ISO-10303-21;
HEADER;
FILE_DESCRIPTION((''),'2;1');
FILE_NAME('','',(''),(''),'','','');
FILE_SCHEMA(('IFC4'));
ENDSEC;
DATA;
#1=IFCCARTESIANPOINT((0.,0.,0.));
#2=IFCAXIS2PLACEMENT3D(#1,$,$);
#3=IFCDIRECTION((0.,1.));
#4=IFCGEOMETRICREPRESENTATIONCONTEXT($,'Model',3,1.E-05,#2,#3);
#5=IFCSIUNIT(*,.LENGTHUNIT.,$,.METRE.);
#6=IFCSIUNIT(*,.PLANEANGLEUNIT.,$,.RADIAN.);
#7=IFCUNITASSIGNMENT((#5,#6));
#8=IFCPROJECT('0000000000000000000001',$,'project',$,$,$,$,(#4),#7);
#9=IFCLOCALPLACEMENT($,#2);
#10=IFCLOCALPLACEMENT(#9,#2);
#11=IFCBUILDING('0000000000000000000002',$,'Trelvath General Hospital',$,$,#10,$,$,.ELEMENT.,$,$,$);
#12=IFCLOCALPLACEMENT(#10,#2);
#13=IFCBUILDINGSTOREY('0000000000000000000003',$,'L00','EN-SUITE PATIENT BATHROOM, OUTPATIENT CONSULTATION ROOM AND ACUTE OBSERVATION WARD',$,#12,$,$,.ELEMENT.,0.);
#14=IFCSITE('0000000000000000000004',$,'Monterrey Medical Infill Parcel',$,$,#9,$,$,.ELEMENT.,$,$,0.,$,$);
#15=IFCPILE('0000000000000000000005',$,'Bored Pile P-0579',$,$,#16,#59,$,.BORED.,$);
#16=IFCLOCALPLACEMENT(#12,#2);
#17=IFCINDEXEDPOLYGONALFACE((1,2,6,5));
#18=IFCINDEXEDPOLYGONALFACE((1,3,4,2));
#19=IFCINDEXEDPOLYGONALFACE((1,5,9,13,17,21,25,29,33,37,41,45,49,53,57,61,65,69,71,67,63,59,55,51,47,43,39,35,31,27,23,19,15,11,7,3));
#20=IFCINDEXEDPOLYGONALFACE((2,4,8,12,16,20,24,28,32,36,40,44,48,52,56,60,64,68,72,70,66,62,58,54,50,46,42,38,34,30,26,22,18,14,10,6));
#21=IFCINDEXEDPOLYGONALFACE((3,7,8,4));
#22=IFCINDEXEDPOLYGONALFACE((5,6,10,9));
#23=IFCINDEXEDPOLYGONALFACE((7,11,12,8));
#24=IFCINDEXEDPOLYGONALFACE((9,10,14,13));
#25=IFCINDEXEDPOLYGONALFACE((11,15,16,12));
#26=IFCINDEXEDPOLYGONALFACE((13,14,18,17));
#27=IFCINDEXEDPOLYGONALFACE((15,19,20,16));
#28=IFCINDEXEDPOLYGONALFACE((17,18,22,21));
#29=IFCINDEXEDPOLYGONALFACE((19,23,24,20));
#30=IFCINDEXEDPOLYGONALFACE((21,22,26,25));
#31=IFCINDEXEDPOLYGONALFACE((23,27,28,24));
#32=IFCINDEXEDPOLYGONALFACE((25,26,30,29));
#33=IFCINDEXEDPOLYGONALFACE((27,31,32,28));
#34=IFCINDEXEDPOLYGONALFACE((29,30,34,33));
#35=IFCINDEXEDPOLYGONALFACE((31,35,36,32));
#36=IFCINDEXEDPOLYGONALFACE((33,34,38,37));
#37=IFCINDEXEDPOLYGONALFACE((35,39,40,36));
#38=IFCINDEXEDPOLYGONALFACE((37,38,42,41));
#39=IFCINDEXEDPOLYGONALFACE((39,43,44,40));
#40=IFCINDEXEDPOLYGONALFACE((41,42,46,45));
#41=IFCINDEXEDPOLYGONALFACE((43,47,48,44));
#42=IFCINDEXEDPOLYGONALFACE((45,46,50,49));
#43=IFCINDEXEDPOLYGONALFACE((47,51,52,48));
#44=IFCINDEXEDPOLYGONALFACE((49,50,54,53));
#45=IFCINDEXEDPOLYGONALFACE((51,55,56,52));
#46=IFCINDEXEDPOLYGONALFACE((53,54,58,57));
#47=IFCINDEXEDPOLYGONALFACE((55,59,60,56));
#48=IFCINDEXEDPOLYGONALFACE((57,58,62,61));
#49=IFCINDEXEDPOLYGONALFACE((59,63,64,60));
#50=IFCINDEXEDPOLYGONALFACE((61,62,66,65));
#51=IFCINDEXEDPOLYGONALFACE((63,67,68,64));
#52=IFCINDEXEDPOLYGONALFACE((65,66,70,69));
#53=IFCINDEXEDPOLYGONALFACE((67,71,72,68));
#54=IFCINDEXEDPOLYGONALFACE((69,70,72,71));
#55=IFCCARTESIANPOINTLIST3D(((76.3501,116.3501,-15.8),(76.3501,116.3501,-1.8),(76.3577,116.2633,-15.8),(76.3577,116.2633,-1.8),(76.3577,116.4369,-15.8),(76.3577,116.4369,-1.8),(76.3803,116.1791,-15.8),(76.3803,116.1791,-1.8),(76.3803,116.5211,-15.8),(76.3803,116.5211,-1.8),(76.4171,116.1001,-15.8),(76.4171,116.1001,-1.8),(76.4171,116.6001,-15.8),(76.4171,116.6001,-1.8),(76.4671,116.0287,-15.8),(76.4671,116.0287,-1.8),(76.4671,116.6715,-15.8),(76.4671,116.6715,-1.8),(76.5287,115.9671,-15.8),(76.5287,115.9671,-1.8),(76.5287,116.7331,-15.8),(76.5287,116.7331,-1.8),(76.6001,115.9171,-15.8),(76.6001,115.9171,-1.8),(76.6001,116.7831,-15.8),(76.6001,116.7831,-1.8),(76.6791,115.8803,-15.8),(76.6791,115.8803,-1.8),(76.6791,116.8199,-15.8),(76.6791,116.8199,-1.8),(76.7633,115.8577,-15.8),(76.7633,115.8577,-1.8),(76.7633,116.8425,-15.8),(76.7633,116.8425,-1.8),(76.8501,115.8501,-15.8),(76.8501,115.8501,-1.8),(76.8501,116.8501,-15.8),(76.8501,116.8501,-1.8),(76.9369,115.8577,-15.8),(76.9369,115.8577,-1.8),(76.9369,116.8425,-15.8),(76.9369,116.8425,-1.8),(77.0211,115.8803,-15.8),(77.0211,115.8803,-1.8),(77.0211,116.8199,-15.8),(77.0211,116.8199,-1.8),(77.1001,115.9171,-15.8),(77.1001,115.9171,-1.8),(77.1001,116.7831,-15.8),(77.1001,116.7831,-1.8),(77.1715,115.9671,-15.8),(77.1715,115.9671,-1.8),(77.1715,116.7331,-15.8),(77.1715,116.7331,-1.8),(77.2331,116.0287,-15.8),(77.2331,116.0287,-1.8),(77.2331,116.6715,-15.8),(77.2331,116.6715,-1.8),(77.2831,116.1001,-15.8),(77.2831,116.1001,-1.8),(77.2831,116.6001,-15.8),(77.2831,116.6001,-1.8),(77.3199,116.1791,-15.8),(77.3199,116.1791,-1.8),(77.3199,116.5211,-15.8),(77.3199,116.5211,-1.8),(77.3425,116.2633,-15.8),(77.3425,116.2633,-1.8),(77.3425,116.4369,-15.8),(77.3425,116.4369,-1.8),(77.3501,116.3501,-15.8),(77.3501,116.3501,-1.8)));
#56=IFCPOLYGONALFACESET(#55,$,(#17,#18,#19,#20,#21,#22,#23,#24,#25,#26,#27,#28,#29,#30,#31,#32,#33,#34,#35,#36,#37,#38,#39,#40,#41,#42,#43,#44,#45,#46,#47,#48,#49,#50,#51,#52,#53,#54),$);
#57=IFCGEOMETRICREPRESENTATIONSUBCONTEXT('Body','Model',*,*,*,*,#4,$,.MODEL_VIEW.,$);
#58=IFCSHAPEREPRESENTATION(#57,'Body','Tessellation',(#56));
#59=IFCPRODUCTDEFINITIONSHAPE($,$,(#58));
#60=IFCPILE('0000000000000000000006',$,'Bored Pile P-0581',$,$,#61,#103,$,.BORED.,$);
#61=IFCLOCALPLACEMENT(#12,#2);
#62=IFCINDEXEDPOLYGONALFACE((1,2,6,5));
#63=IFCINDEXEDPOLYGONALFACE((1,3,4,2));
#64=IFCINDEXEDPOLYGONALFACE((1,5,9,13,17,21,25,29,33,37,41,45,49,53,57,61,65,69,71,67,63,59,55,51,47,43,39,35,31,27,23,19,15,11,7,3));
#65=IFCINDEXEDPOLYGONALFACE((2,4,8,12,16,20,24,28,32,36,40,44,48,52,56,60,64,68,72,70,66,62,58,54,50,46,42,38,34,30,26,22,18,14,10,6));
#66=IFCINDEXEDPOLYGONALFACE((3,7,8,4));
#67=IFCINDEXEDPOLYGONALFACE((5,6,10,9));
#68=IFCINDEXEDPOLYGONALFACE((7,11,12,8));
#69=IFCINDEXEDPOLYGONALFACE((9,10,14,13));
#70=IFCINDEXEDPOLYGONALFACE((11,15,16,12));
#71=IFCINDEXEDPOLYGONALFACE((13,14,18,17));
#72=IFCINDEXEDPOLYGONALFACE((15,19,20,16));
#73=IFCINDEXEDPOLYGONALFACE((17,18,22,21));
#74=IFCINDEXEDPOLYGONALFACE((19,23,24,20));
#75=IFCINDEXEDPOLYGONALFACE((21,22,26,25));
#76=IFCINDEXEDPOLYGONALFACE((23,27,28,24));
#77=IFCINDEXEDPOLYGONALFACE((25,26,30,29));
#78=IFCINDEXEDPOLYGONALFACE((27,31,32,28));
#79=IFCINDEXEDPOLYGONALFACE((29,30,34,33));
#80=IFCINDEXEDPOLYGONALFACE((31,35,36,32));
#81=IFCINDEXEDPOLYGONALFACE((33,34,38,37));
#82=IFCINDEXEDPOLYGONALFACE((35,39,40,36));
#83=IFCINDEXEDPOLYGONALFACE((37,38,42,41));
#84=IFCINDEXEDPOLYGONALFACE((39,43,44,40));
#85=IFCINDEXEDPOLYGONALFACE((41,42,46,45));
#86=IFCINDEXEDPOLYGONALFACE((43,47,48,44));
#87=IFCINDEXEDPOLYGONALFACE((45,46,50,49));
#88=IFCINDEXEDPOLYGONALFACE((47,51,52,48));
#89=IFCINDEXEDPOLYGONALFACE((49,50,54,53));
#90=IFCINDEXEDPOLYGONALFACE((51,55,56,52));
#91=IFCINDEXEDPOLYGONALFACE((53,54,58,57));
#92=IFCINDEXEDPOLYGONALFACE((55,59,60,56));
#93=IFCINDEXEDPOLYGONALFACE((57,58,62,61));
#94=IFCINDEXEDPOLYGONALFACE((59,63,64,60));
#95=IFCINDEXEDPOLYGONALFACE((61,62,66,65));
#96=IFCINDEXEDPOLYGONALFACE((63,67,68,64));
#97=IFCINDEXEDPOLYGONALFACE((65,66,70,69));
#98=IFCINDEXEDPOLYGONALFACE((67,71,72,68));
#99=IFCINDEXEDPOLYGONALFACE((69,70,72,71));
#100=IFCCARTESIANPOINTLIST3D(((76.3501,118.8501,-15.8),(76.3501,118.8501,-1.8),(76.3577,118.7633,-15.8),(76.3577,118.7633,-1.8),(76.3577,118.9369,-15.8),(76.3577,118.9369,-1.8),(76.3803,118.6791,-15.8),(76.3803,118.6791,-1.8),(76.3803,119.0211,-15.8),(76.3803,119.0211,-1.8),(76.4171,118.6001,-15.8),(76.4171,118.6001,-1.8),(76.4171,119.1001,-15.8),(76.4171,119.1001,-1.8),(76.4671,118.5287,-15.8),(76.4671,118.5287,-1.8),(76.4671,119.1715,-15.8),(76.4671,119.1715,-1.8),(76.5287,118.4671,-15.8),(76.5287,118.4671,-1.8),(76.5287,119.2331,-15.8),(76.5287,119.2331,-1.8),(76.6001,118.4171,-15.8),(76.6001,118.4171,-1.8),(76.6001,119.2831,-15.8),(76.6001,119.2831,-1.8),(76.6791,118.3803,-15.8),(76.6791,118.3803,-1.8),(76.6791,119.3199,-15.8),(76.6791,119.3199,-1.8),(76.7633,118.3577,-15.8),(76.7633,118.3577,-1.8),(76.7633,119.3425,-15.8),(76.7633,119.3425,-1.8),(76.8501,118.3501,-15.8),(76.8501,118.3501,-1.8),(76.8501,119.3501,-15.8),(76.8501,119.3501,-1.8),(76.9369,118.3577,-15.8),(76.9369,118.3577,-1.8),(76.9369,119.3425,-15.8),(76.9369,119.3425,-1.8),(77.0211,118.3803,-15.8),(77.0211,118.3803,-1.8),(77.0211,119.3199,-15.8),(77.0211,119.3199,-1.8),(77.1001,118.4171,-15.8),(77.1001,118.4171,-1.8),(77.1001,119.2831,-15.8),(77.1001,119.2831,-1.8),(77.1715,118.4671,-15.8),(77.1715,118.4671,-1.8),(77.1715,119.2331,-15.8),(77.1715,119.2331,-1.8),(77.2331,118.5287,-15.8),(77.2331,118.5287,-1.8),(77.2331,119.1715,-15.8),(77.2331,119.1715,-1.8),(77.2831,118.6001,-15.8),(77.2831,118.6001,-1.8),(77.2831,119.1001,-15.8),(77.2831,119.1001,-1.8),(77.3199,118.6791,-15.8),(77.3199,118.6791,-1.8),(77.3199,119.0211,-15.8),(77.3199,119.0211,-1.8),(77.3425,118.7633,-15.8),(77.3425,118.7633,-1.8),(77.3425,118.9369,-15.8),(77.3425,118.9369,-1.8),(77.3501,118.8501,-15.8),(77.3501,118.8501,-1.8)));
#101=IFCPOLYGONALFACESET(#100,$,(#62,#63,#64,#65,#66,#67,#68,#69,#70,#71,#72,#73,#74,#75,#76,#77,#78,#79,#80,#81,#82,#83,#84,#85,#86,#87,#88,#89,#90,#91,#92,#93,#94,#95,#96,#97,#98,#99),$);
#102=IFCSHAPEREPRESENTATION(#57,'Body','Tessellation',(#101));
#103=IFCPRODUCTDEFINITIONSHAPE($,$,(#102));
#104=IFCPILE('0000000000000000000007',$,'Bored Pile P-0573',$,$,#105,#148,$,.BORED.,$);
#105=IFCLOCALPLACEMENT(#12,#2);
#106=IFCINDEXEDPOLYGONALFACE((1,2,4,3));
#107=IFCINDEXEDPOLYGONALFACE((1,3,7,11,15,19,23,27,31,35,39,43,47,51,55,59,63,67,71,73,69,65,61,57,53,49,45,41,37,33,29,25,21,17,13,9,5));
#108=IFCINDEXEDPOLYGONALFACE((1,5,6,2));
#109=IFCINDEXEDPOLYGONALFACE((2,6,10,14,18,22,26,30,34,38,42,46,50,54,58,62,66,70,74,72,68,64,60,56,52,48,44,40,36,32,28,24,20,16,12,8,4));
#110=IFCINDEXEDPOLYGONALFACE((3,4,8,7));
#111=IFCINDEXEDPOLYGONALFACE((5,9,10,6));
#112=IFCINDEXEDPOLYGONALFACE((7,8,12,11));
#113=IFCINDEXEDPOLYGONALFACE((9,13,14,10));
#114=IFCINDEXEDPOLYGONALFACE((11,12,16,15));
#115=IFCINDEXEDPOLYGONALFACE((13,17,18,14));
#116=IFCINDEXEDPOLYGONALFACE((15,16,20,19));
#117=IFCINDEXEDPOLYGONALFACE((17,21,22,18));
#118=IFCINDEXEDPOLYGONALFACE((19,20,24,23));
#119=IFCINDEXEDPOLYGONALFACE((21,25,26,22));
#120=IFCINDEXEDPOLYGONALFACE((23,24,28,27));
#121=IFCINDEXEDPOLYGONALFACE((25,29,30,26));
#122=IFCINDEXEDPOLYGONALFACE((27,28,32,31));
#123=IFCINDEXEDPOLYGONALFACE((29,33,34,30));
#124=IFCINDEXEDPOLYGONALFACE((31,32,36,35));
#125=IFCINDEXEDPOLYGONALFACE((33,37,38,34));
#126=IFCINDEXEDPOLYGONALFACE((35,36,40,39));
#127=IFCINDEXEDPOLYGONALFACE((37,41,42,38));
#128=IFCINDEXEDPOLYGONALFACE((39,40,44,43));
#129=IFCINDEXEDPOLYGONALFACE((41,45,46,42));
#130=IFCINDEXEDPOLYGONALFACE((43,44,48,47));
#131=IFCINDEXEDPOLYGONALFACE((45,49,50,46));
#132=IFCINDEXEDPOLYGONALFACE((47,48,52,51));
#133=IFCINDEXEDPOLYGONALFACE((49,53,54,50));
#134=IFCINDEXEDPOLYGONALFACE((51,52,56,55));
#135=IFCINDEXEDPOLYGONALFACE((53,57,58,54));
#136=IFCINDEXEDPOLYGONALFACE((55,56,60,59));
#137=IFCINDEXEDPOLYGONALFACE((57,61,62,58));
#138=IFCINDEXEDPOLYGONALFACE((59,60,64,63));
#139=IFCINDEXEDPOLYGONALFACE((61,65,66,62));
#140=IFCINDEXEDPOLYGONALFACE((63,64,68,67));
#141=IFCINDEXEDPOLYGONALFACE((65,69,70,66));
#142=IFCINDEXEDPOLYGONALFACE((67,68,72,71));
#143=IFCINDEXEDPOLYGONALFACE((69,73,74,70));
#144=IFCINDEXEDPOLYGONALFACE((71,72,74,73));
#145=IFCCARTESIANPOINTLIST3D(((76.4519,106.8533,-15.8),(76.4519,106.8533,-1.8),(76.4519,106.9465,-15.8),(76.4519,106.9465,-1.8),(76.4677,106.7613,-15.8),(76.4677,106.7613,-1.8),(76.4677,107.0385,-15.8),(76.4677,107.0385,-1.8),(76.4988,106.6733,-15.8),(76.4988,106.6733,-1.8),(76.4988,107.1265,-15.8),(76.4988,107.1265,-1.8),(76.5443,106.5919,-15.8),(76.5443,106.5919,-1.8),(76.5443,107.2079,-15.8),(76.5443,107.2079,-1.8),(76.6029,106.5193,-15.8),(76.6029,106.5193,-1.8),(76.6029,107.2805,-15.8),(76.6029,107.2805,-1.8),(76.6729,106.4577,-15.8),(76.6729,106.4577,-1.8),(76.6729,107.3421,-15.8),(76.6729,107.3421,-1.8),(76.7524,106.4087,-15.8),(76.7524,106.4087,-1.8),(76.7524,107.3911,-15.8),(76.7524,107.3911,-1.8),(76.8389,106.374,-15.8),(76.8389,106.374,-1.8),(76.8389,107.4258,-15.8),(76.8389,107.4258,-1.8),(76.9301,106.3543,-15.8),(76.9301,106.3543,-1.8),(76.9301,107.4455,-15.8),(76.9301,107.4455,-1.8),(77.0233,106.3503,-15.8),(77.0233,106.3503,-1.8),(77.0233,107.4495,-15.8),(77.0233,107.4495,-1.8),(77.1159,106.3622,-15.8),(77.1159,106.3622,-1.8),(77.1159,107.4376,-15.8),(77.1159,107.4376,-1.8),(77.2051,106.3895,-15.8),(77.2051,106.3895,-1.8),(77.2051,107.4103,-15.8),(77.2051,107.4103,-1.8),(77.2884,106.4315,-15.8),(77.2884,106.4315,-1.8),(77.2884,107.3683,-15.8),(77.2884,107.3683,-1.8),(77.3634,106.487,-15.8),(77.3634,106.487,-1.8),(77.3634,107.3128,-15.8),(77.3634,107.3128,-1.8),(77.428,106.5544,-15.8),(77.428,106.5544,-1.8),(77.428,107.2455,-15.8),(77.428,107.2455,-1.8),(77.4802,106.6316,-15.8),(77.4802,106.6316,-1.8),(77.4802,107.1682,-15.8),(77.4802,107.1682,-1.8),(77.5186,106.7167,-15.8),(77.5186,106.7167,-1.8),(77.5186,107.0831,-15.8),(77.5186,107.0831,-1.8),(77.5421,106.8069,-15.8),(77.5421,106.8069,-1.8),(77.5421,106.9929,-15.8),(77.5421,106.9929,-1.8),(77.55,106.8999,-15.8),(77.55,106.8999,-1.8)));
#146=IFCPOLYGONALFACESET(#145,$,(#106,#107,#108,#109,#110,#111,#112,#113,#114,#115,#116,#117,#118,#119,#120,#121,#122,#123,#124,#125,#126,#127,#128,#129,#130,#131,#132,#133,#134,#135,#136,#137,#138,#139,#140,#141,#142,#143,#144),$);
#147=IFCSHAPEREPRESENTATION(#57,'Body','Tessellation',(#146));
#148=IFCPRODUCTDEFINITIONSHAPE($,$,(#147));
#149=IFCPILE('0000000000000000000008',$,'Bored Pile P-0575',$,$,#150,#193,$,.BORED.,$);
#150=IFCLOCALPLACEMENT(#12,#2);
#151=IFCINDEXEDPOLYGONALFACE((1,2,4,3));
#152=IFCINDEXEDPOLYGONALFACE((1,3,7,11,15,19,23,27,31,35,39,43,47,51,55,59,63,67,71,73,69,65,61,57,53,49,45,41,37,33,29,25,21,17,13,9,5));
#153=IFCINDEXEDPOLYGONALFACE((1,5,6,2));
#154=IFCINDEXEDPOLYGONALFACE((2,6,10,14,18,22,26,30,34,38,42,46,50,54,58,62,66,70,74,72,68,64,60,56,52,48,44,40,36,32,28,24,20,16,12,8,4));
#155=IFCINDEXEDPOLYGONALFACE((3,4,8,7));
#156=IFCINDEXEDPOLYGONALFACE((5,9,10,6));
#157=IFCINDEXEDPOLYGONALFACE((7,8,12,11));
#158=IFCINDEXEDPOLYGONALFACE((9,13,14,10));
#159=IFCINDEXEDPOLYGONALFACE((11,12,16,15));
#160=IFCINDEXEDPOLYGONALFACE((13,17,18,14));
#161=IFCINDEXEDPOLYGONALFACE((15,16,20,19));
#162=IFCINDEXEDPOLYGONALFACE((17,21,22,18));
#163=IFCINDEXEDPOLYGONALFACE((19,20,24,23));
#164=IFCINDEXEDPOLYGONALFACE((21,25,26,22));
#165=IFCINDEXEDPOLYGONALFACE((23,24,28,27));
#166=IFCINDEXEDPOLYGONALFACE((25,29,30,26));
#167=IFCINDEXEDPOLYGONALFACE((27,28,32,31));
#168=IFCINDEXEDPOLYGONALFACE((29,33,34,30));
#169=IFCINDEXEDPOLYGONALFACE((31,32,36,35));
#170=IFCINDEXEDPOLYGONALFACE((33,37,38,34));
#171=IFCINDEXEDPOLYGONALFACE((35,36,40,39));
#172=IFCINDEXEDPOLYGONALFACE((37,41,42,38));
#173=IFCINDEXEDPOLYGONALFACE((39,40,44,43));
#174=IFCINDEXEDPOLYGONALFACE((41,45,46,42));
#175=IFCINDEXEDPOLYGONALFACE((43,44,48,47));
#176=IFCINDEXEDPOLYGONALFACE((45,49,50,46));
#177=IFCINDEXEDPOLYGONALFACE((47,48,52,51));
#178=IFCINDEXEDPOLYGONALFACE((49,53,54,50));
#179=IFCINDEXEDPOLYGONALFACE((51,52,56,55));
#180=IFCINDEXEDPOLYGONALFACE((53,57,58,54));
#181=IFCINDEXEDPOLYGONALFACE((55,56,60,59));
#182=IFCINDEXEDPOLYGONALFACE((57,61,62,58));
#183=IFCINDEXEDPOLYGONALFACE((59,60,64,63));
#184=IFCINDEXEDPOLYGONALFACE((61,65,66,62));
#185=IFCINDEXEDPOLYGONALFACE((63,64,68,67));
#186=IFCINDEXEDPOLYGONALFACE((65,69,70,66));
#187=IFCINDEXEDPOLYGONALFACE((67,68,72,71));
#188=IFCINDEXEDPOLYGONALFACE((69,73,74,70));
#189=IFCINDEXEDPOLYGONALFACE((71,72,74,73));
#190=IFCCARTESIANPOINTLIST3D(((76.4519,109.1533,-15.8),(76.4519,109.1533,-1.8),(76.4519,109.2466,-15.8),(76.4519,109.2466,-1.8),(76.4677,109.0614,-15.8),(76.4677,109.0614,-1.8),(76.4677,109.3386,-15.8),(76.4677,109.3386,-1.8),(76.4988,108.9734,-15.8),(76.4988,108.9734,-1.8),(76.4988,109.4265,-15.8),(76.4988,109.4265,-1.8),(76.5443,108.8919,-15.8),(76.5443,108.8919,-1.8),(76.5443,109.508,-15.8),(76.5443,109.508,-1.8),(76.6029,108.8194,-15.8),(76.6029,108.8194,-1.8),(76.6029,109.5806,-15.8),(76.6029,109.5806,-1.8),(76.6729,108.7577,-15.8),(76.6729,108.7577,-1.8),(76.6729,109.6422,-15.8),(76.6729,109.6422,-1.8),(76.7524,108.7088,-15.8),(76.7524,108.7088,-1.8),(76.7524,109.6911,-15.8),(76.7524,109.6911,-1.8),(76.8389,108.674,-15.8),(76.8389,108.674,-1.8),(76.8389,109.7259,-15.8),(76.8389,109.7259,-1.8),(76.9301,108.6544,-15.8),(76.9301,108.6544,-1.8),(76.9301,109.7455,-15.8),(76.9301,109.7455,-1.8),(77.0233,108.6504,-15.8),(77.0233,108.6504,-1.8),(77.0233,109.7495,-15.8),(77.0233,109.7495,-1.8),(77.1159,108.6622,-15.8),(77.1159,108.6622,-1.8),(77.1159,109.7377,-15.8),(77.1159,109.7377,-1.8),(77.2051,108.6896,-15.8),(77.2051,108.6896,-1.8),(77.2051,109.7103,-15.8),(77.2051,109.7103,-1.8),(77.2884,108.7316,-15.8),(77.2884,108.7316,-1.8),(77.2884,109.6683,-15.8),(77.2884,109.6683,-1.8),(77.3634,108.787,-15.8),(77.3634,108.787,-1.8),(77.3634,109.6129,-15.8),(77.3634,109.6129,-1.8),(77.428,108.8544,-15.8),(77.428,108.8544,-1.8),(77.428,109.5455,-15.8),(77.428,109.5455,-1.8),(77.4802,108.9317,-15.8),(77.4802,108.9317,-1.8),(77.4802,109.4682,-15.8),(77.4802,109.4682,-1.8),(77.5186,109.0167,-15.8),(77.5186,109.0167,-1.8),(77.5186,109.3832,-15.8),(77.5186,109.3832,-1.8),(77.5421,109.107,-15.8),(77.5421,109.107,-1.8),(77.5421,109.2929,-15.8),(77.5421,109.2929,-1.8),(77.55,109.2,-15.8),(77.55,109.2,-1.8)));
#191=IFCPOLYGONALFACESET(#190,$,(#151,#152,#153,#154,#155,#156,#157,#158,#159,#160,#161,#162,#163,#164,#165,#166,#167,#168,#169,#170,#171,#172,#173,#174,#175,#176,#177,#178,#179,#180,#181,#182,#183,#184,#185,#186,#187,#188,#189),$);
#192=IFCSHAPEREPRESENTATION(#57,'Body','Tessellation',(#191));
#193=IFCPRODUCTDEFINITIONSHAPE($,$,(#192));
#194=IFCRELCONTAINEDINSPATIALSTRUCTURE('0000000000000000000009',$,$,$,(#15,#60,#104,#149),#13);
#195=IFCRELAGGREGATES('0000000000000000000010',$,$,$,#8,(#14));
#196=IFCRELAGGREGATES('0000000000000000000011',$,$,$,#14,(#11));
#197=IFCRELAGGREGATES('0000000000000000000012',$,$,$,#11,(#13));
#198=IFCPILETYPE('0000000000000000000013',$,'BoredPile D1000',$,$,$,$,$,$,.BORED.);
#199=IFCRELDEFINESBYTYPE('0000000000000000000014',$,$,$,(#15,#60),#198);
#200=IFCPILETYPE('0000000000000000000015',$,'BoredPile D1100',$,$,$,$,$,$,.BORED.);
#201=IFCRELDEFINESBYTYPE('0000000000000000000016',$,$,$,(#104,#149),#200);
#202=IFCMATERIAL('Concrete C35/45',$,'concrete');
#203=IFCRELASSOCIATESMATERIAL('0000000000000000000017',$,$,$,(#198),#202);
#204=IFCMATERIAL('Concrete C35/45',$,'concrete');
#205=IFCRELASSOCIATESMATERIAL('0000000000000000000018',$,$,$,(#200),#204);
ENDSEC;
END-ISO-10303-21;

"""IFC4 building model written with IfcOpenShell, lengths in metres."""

from ifc_helpers import new_model, si_unit, direction, frame, origin, origin_2d, place, context, subcontext, project, spatial, circle, extrude, material, material_profile, profile_set, type_object, element, save


model = new_model("IFC4")

# Units and contexts
model_context = context("Model", 3, precision=1e-05, world=origin(), true_north=direction((0.0, 1.0)))
body_context = subcontext(model_context, "Body", "Model", "MODEL_VIEW")
ifc_project = project(units=[si_unit("LENGTHUNIT", "METRE"), si_unit("PLANEANGLEUNIT", "RADIAN")], contexts=[model_context])

# Site, building, storey
site_placement = place(None, origin())
site = spatial("IfcSite", under=ifc_project, at=site_placement, Name="Monterrey Medical Infill Parcel", CompositionType="ELEMENT", RefElevation=0.0)
building_placement = place(site_placement, origin())
building = spatial("IfcBuilding", under=site, at=building_placement, Name="Trelvath General Hospital", CompositionType="ELEMENT")
storey_placement = place(building_placement, origin())
storey = spatial("IfcBuildingStorey", under=building, at=storey_placement, Name="L00", Description="EN-SUITE PATIENT BATHROOM, OUTPATIENT CONSULTATION ROOM AND ACUTE OBSERVATION WARD", CompositionType="ELEMENT", Elevation=0.0)

# Piles
ifc_material_1 = material(Name="Concrete C35/45", Category="concrete")
ifc_material_profile_1 = material_profile(ifc_material_1, circle(Radius=0.5, at=origin_2d()), Name="PILE1000")
ifc_profile_set_1 = profile_set([ifc_material_profile_1], Name="Concrete C35/45")
pile_type_1 = type_object("IfcPileType", Name="BoredPile D1000", PredefinedType="BORED", material=ifc_profile_set_1)
for number, where, z_axis, x_axis, name in (
    (1, (76.8501, 116.3501, -1.8), (0.0, 0.0, -1.0), (1.0, 0.0, 0.0), "Bored Pile P-0579"),
    (2, (76.8501, 118.8501, -1.8), (0.0, 0.0, -1.0), (1.0, 0.0, 0.0), "Bored Pile P-0581"),
):
    element("IfcPile", number, at=place(storey_placement, frame(where, z_axis=z_axis, x_axis=x_axis)), inside=storey, type_object=pile_type_1, Name=name, PredefinedType="BORED", context=body_context, shape_type="SweptSolid", body=[
        extrude(circle(Radius=0.5, at=origin_2d()), origin(), (0.0, 0.0, 1.0), 14.0),
    ])
ifc_material_2 = material(Name="Concrete C35/45", Category="concrete")
ifc_material_profile_2 = material_profile(ifc_material_2, circle(Radius=0.55, at=origin_2d()), Name="PILE1100")
ifc_profile_set_2 = profile_set([ifc_material_profile_2], Name="Concrete C35/45")
pile_type_2 = type_object("IfcPileType", Name="BoredPile D1100", PredefinedType="BORED", material=ifc_profile_set_2)
for number, where, z_axis, x_axis, name in (
    (3, (77.0, 106.8999, -1.8), (0.0, 0.0, -1.0), (1.0, 0.0, 0.0), "Bored Pile P-0573"),
    (4, (77.0, 109.2, -1.8), (0.0, 0.0, -1.0), (1.0, 0.0, 0.0), "Bored Pile P-0575"),
):
    element("IfcPile", number, at=place(storey_placement, frame(where, z_axis=z_axis, x_axis=x_axis)), inside=storey, type_object=pile_type_2, Name=name, PredefinedType="BORED", context=body_context, shape_type="SweptSolid", body=[
        extrude(circle(Radius=0.55, at=origin_2d()), origin(), (0.0, 0.0, 1.0), 14.0),
    ])

save(model, "model.ifc")
